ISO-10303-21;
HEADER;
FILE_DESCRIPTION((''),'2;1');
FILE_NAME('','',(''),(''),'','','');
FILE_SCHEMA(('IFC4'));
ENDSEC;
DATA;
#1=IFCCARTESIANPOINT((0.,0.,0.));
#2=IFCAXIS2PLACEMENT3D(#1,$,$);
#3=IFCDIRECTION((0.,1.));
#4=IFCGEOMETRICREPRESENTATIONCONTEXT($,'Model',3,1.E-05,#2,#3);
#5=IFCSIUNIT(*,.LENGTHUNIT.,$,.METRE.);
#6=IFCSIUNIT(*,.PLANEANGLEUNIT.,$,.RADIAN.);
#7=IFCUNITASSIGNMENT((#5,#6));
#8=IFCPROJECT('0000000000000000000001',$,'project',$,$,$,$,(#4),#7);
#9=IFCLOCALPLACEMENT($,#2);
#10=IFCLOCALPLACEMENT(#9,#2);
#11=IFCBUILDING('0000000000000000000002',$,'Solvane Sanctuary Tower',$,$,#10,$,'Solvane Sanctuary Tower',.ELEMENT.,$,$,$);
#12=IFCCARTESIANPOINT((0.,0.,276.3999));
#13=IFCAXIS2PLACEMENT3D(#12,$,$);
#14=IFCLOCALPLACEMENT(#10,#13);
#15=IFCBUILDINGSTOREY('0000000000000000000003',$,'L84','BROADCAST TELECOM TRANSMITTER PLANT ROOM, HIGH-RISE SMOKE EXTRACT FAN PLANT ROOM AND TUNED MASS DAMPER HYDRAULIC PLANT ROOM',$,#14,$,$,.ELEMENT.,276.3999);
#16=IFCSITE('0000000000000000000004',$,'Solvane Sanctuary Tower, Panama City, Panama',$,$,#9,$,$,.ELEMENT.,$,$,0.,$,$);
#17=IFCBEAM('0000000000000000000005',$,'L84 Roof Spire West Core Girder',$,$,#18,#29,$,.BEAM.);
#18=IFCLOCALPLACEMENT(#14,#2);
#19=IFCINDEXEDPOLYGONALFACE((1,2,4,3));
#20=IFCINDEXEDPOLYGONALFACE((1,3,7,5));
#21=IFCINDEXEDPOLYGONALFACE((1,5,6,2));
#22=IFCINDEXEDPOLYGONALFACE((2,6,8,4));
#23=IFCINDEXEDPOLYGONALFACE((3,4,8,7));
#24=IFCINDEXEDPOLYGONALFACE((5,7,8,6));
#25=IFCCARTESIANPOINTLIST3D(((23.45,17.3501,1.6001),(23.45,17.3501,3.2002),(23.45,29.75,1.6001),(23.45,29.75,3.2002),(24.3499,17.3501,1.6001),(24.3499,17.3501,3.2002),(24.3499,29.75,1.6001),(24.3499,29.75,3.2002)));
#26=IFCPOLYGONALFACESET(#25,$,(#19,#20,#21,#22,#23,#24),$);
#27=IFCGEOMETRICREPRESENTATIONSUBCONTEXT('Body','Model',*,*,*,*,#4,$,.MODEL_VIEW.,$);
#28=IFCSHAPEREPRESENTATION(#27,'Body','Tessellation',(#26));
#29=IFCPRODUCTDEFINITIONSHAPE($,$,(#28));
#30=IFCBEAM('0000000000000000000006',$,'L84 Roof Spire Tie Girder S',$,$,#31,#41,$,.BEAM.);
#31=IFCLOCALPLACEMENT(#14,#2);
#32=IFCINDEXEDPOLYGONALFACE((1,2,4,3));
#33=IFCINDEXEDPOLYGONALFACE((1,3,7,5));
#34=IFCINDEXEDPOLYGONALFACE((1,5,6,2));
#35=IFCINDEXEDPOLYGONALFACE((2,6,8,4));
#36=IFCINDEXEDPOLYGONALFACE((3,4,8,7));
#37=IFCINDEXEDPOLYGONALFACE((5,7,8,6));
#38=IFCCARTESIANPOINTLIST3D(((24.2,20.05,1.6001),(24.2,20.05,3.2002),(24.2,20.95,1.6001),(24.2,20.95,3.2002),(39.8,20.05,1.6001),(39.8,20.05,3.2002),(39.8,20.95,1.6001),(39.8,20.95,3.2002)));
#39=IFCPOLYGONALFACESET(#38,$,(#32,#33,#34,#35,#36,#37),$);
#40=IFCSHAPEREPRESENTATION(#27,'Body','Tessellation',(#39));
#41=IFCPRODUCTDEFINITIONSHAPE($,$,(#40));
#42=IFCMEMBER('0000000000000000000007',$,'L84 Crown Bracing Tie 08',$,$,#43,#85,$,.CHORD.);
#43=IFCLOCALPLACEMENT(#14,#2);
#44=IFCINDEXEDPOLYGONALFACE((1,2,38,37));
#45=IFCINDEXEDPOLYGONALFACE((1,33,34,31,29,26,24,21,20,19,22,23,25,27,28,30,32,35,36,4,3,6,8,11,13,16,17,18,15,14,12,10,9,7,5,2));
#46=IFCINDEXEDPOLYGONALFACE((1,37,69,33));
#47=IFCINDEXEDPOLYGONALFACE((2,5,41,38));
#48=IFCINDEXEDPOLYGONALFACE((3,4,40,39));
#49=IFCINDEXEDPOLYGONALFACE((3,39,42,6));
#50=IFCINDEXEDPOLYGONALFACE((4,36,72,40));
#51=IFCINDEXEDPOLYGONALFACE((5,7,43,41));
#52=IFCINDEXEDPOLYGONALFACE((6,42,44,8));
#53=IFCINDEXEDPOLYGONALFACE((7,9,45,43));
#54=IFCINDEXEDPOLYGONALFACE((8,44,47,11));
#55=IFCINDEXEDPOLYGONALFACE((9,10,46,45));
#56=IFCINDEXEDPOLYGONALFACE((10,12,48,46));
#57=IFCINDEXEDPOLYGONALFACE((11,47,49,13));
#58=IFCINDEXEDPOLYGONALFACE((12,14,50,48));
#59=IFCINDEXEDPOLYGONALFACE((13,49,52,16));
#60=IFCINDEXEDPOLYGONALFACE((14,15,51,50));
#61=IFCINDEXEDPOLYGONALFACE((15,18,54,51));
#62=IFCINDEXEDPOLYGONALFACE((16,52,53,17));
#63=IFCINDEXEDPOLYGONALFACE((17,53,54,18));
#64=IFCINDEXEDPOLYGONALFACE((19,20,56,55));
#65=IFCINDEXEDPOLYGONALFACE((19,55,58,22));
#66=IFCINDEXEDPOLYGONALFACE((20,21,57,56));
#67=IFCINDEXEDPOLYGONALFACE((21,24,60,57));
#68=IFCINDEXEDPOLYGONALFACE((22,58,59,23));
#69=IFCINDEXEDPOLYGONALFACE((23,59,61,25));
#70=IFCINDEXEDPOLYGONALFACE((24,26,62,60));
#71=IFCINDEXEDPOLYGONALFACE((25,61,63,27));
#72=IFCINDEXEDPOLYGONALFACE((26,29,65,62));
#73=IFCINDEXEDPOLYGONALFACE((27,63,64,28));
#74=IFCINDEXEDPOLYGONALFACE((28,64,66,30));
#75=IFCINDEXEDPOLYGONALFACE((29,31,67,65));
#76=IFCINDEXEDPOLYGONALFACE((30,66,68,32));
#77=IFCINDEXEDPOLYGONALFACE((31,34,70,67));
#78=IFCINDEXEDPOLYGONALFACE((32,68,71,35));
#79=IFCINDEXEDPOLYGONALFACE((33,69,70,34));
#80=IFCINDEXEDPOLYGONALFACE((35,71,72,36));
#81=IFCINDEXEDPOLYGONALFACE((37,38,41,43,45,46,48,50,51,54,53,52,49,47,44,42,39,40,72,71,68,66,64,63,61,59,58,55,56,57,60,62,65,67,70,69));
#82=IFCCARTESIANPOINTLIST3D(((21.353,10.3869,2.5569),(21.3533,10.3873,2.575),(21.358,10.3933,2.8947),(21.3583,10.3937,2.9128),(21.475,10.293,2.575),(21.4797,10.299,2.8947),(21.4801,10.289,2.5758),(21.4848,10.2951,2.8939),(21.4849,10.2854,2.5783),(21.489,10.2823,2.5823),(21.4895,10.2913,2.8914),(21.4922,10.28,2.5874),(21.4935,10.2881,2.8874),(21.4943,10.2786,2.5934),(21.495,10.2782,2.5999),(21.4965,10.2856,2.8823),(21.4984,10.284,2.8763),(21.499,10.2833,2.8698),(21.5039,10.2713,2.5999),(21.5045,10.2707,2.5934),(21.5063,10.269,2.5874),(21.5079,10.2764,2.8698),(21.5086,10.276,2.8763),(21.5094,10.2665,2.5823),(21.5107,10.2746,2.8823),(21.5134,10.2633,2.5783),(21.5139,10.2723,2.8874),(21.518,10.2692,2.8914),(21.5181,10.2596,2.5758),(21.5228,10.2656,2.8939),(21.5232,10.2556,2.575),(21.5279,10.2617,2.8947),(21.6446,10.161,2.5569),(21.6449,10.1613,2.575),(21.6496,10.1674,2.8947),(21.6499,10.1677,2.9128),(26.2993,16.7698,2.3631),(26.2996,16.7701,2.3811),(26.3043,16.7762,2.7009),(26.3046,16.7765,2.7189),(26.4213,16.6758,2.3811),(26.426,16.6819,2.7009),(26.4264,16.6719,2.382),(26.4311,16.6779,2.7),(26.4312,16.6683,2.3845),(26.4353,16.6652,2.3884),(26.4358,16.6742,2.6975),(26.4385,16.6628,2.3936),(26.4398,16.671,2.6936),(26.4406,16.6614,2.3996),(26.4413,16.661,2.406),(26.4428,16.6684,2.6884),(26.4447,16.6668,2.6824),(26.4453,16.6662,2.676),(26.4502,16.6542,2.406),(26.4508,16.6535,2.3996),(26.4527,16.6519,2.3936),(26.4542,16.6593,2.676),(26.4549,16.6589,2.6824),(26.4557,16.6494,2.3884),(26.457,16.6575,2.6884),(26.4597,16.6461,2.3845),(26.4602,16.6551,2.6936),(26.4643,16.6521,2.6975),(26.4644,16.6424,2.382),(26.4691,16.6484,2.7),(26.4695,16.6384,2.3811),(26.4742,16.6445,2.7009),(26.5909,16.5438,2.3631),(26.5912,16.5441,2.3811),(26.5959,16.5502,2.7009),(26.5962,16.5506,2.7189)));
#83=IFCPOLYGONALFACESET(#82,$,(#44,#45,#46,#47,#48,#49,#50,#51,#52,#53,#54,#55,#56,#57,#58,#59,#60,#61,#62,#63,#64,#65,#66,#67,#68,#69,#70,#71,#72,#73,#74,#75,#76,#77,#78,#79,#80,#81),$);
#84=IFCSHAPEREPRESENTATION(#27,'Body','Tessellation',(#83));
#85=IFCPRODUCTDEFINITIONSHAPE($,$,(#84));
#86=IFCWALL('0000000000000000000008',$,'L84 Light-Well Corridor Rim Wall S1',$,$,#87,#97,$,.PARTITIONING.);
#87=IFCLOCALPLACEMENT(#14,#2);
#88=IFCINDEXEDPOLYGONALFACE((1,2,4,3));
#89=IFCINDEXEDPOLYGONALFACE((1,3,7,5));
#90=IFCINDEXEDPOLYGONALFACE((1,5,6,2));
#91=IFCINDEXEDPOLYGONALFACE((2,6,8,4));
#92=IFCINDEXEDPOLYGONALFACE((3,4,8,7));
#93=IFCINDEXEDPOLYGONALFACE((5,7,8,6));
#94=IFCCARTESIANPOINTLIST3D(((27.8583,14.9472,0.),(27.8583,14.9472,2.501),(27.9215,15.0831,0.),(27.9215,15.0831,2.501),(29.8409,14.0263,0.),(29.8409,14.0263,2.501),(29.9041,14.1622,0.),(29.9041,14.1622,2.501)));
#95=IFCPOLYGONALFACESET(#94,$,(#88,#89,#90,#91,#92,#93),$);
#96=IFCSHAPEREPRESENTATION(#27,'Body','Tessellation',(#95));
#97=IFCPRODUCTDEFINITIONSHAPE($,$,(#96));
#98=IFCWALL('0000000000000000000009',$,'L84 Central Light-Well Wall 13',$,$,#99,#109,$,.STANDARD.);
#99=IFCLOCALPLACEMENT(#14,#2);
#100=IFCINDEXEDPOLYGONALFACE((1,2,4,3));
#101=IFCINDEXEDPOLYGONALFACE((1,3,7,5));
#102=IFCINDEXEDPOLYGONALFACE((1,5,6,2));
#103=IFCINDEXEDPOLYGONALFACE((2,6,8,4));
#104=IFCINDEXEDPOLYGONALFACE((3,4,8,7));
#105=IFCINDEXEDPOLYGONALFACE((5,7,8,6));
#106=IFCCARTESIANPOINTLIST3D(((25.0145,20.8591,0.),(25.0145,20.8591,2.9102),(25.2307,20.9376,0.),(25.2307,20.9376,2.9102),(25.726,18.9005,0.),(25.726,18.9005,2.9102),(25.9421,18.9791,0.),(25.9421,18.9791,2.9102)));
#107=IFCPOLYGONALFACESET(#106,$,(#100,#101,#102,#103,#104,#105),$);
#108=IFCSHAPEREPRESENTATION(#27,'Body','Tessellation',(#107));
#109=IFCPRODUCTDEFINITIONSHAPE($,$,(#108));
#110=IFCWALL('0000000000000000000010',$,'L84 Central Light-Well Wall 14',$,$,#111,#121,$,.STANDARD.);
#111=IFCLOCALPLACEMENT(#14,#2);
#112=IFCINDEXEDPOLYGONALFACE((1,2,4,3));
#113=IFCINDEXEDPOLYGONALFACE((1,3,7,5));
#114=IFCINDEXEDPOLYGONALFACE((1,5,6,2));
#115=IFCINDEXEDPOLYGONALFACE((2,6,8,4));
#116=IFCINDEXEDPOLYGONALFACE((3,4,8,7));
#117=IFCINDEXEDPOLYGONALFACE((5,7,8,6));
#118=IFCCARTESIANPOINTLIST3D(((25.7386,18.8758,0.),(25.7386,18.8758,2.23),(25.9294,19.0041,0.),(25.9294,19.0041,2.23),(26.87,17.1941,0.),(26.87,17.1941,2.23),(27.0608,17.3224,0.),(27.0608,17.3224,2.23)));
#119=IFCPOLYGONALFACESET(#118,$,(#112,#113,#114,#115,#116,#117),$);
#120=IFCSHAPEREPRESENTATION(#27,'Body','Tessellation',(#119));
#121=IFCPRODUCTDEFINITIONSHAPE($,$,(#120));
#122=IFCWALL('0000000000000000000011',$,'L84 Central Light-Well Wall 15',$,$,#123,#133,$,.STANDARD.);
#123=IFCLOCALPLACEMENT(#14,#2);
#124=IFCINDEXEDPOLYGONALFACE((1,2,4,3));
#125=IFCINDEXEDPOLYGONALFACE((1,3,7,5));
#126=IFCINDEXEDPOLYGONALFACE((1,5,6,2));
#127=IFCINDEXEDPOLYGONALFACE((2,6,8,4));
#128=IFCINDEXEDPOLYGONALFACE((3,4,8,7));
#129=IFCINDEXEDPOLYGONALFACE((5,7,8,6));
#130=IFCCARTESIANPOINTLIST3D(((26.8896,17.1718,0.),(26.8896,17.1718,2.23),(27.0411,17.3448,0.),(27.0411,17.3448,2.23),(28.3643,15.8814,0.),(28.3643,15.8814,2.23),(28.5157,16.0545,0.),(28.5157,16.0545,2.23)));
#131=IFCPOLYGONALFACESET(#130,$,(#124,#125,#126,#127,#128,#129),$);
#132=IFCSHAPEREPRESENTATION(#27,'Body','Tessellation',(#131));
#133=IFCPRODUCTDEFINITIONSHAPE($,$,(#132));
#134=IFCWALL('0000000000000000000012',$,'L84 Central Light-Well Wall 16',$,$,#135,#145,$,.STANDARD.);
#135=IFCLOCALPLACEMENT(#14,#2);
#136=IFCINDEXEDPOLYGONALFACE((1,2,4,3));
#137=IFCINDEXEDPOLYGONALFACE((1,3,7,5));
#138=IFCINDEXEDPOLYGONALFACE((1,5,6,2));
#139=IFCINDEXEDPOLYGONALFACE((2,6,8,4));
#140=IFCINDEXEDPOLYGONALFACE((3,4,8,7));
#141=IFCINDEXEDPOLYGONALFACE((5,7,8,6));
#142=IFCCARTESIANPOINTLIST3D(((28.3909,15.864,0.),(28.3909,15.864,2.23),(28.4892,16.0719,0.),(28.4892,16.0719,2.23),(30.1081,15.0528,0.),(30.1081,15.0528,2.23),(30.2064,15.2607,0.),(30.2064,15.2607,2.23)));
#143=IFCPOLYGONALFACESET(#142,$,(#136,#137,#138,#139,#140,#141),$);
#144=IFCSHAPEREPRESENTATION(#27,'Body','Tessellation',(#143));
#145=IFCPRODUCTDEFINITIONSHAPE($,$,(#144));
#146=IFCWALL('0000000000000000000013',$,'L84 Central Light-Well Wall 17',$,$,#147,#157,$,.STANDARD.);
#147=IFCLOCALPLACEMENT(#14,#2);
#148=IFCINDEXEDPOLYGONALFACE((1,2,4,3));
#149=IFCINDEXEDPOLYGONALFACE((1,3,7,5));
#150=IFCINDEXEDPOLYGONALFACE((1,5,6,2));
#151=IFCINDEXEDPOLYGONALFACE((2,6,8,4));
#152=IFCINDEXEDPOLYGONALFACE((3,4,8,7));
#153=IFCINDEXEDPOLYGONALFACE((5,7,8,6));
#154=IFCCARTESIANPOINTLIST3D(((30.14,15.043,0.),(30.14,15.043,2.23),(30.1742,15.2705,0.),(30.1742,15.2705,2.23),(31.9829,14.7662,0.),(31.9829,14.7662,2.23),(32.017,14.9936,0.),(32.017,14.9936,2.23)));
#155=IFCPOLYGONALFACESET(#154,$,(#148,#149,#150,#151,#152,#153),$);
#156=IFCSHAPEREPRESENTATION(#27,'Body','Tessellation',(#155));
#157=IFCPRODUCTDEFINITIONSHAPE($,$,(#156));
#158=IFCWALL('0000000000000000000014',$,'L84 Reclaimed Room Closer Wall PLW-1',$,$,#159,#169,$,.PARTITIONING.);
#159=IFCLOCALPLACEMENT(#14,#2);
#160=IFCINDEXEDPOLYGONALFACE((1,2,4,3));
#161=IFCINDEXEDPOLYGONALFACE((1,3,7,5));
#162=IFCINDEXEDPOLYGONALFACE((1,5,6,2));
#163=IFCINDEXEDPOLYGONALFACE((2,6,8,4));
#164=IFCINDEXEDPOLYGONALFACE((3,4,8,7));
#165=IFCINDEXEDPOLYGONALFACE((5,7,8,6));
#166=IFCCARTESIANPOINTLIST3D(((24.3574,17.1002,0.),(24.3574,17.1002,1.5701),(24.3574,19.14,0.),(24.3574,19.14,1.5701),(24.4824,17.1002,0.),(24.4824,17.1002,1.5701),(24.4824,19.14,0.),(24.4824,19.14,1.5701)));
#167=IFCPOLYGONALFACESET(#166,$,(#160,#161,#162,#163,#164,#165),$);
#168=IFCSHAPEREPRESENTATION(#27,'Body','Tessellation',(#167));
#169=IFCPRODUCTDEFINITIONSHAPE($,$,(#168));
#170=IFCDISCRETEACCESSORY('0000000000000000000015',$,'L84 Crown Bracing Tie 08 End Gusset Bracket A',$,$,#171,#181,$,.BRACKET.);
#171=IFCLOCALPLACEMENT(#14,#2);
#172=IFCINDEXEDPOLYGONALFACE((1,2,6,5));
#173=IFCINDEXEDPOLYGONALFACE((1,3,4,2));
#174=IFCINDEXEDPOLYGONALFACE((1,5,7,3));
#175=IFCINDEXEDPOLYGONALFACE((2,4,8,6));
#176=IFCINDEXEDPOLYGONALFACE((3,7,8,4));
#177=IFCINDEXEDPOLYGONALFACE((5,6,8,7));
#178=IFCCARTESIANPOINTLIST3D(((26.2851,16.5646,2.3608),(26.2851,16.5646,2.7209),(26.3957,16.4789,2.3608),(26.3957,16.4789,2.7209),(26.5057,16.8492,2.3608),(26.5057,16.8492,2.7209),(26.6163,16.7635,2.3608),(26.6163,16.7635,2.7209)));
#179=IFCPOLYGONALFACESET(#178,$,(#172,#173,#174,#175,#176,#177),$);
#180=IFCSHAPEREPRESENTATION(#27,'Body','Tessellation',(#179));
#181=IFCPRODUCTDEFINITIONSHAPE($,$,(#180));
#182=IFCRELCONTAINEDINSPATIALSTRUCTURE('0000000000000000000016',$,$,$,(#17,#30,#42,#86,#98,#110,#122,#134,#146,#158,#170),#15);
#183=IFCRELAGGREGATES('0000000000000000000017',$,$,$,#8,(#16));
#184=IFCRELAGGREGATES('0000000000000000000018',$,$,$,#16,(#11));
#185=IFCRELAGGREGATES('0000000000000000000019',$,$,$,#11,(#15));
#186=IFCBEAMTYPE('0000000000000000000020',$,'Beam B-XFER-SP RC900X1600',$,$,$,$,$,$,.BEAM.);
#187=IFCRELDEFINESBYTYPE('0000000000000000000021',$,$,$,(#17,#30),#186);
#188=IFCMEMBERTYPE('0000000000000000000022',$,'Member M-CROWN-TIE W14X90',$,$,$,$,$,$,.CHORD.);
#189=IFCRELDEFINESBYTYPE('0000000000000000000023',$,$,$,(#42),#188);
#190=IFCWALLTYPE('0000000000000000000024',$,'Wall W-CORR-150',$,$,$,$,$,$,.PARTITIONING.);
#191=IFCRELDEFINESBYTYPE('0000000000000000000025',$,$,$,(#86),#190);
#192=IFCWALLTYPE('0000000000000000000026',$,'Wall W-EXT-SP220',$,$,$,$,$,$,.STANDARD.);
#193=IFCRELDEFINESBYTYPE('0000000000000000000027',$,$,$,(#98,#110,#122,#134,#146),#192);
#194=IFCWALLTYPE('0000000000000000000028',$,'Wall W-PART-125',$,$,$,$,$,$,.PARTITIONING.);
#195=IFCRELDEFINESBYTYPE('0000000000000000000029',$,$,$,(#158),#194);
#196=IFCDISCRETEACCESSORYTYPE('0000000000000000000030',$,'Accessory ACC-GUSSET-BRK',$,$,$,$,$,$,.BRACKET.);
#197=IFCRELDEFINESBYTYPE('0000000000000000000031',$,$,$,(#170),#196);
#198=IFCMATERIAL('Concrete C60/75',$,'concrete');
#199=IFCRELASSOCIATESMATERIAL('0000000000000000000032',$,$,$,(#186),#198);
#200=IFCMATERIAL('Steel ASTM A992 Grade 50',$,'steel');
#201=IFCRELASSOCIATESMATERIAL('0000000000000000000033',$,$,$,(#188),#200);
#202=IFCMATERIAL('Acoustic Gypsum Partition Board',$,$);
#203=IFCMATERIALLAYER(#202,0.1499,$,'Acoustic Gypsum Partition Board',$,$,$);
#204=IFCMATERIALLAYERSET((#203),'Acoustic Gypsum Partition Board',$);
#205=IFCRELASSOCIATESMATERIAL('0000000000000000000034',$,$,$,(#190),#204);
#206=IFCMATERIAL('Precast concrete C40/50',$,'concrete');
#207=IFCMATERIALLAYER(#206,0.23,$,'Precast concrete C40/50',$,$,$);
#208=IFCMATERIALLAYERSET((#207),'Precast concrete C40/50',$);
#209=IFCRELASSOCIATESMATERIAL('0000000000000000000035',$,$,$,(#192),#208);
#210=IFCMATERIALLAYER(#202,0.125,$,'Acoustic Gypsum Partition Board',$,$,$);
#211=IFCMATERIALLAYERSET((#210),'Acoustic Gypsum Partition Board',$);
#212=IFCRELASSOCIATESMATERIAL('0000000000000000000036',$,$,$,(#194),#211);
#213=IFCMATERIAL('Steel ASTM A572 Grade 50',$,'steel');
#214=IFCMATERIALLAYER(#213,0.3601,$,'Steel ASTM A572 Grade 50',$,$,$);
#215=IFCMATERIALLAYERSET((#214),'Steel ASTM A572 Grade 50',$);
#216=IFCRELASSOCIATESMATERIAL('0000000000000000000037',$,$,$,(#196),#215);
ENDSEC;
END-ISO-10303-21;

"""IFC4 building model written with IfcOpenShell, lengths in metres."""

from ifc_helpers import new_model, si_unit, direction, frame, frame_2d, origin, origin_2d, place, context, subcontext, project, spatial, rectangle, i_section, extrude, material, layer, layer_set, material_profile, profile_set, type_object, element, save


model = new_model("IFC4")

# Units and contexts
model_context = context("Model", 3, precision=1e-05, world=origin(), true_north=direction((0.0, 1.0)))
body_context = subcontext(model_context, "Body", "Model", "MODEL_VIEW")
ifc_project = project(units=[si_unit("LENGTHUNIT", "METRE"), si_unit("PLANEANGLEUNIT", "RADIAN")], contexts=[model_context])

# Site, building, storey
site_placement = place(None, origin())
site = spatial("IfcSite", under=ifc_project, at=site_placement, Name="Solvane Sanctuary Tower, Panama City, Panama", CompositionType="ELEMENT", RefElevation=0.0)
building_placement = place(site_placement, origin())
building = spatial("IfcBuilding", under=site, at=building_placement, Name="Solvane Sanctuary Tower", LongName="Solvane Sanctuary Tower", CompositionType="ELEMENT")
storey_placement = place(building_placement, frame((0.0, 0.0, 276.3999)))
storey = spatial("IfcBuildingStorey", under=building, at=storey_placement, Name="L84", Description="BROADCAST TELECOM TRANSMITTER PLANT ROOM, HIGH-RISE SMOKE EXTRACT FAN PLANT ROOM AND TUNED MASS DAMPER HYDRAULIC PLANT ROOM", CompositionType="ELEMENT", Elevation=276.3999)

# Beams
ifc_material_1 = material(Name="Steel ASTM A992 Grade 50", Category="steel")
ifc_material_2 = material(Name="Concrete C60/75", Category="concrete")
ifc_material_profile_1 = material_profile(ifc_material_2, rectangle(XDim=0.8999, YDim=1.6001, at=origin_2d()), Name="RC900X1600")
ifc_profile_set_1 = profile_set([ifc_material_profile_1], Name="Concrete C60/75")
beam_type_1 = type_object("IfcBeamType", Name="Beam B-XFER-SP RC900X1600", PredefinedType="BEAM", material=ifc_profile_set_1)
beam_1_placement = place(storey_placement, frame((23.8999, 17.3501, 2.4001), z_axis=(0.0, 1.0, 0.0), x_axis=(-1.0, 0.0, 0.0)))
element("IfcBeam", 1, at=beam_1_placement, inside=storey, type_object=beam_type_1, Name="L84 Roof Spire West Core Girder", PredefinedType="BEAM", context=body_context, shape_type="SweptSolid", body=[
    extrude(rectangle(XDim=0.8999, YDim=1.6001, at=origin_2d()), origin(), (0.0, 0.0, 1.0), 12.3999),
])
beam_2_placement = place(storey_placement, frame((24.2, 20.5, 2.4001), z_axis=(1.0, 0.0, 0.0), x_axis=(0.0, 1.0, 0.0)))
element("IfcBeam", 2, at=beam_2_placement, inside=storey, type_object=beam_type_1, Name="L84 Roof Spire Tie Girder S", PredefinedType="BEAM", context=body_context, shape_type="SweptSolid", body=[
    extrude(rectangle(XDim=0.8999, YDim=1.6001, at=origin_2d()), origin(), (0.0, 0.0, 1.0), 15.6001),
])

# Member
ifc_material_profile_2 = material_profile(ifc_material_1, i_section(OverallWidth=0.3689, OverallDepth=0.356, WebThickness=0.0112, FlangeThickness=0.0181, FilletRadius=0.0249, at=origin_2d()), Name="W14X90")
ifc_profile_set_2 = profile_set([ifc_material_profile_2], Name="Steel ASTM A992 Grade 50")
member_type = type_object("IfcMemberType", Name="Member M-CROWN-TIE W14X90", PredefinedType="CHORD", material=ifc_profile_set_2)
member_placement = place(storey_placement, frame((26.4478, 16.6602, 2.541), z_axis=(-0.612365, -0.790211, 0.023999), x_axis=(0.790438, -0.612541, 0.0)))
element("IfcMember", 3, at=member_placement, inside=storey, type_object=member_type, Name="L84 Crown Bracing Tie 08", PredefinedType="CHORD", context=body_context, shape_type="SweptSolid", body=[
    extrude(i_section(OverallWidth=0.3689, OverallDepth=0.356, WebThickness=0.0112, FlangeThickness=0.0181, FilletRadius=0.0249, at=origin_2d()), origin(), (0.0, 0.0, 1.0), 8.0774),
])

# Walls
ifc_material_3 = material(Name="Acoustic Gypsum Partition Board")
ifc_layer_1 = layer(ifc_material_3, 0.1499, Name="Acoustic Gypsum Partition Board")
ifc_layer_set_1 = layer_set([ifc_layer_1], Name="Acoustic Gypsum Partition Board")
wall_type_1 = type_object("IfcWallType", Name="Wall W-CORR-150", PredefinedType="PARTITIONING", material=ifc_layer_set_1)
wall_1_placement = place(storey_placement, frame((27.8899, 15.0151, 0.0), z_axis=(0.0, 0.0, 1.0), x_axis=(0.906943, -0.421252, 0.0)))
element("IfcWall", 4, at=wall_1_placement, inside=storey, type_object=wall_type_1, Name="L84 Light-Well Corridor Rim Wall S1", PredefinedType="PARTITIONING", context=body_context, shape_type="SweptSolid", body=[
    extrude(rectangle(XDim=2.186, YDim=0.1499, at=frame_2d((1.093, 0.0))), origin(), (0.0, 0.0, 1.0), 2.501),
])
ifc_material_4 = material(Name="Precast concrete C40/50", Category="concrete")
ifc_layer_2 = layer(ifc_material_4, 0.23, Name="Precast concrete C40/50")
ifc_layer_set_2 = layer_set([ifc_layer_2], Name="Precast concrete C40/50")
wall_type_2 = type_object("IfcWallType", Name="Wall W-EXT-SP220", PredefinedType="STANDARD", material=ifc_layer_set_2)
wall_2_placement = place(storey_placement, frame((25.1226, 20.8984, 0.0), z_axis=(0.0, 0.0, 1.0), x_axis=(0.341423, -0.93991, 0.0)))
element("IfcWall", 5, at=wall_2_placement, inside=storey, type_object=wall_type_2, Name="L84 Central Light-Well Wall 13", PredefinedType="STANDARD", context=body_context, shape_type="SweptSolid", body=[
    extrude(rectangle(XDim=2.0837, YDim=0.23, at=frame_2d((1.042, 0.0))), origin(), (0.0, 0.0, 1.0), 2.9102),
])
wall_3_placement = place(storey_placement, frame((25.834, 18.9399, 0.0), z_axis=(0.0, 0.0, 1.0), x_axis=(0.558198, -0.829708, 0.0)))
element("IfcWall", 6, at=wall_3_placement, inside=storey, type_object=wall_type_2, Name="L84 Central Light-Well Wall 14", PredefinedType="STANDARD", context=body_context, shape_type="SweptSolid", body=[
    extrude(rectangle(XDim=2.0269, YDim=0.23, at=frame_2d((1.0134, 0.0))), origin(), (0.0, 0.0, 1.0), 2.23),
])
wall_4_placement = place(storey_placement, frame((26.9653, 17.2583, 0.0), z_axis=(0.0, 0.0, 1.0), x_axis=(0.752577, -0.658505, 0.0)))
element("IfcWall", 7, at=wall_4_placement, inside=storey, type_object=wall_type_2, Name="L84 Central Light-Well Wall 15", PredefinedType="STANDARD", context=body_context, shape_type="SweptSolid", body=[
    extrude(rectangle(XDim=1.9595, YDim=0.23, at=frame_2d((0.9797, 0.0))), origin(), (0.0, 0.0, 1.0), 2.23),
])
wall_5_placement = place(storey_placement, frame((28.4399, 15.968, 0.0), z_axis=(0.0, 0.0, 1.0), x_axis=(0.90418, -0.427152, 0.0)))
element("IfcWall", 8, at=wall_5_placement, inside=storey, type_object=wall_type_2, Name="L84 Central Light-Well Wall 16", PredefinedType="STANDARD", context=body_context, shape_type="SweptSolid", body=[
    extrude(rectangle(XDim=1.8992, YDim=0.23, at=frame_2d((0.9497, 0.0))), origin(), (0.0, 0.0, 1.0), 2.23),
])
wall_6_placement = place(storey_placement, frame((30.1572, 15.1567, 0.0), z_axis=(0.0, 0.0, 1.0), x_axis=(0.988902, -0.148571, 0.0)))
element("IfcWall", 9, at=wall_6_placement, inside=storey, type_object=wall_type_2, Name="L84 Central Light-Well Wall 17", PredefinedType="STANDARD", context=body_context, shape_type="SweptSolid", body=[
    extrude(rectangle(XDim=1.8635, YDim=0.23, at=frame_2d((0.9316, 0.0))), origin(), (0.0, 0.0, 1.0), 2.23),
])
ifc_layer_3 = layer(ifc_material_3, 0.125, Name="Acoustic Gypsum Partition Board")
ifc_layer_set_3 = layer_set([ifc_layer_3], Name="Acoustic Gypsum Partition Board")
wall_type_3 = type_object("IfcWallType", Name="Wall W-PART-125", PredefinedType="PARTITIONING", material=ifc_layer_set_3)
wall_7_placement = place(storey_placement, frame((24.4199, 17.1001, 0.0), z_axis=(0.0, 0.0, 1.0), x_axis=(0.0, 1.0, 0.0)))
element("IfcWall", 10, at=wall_7_placement, inside=storey, type_object=wall_type_3, Name="L84 Reclaimed Room Closer Wall PLW-1", PredefinedType="PARTITIONING", context=body_context, shape_type="SweptSolid", body=[
    extrude(rectangle(XDim=2.0398, YDim=0.125, at=frame_2d((1.02, 0.0))), origin(), (0.0, 0.0, 1.0), 1.5701),
])

# Discrete accessory
ifc_material_5 = material(Name="Steel ASTM A572 Grade 50", Category="steel")
ifc_layer_4 = layer(ifc_material_5, 0.3601, Name="Steel ASTM A572 Grade 50")
ifc_layer_set_4 = layer_set([ifc_layer_4], Name="Steel ASTM A572 Grade 50")
discrete_accessory_type = type_object("IfcDiscreteAccessoryType", Name="Accessory ACC-GUSSET-BRK", PredefinedType="BRACKET", material=ifc_layer_set_4)
discrete_accessory_placement = place(storey_placement, frame((26.4507, 16.6641, 2.3608), z_axis=(0.0, 0.0, 1.0), x_axis=(-0.612493, -0.790476, 0.0)))
element("IfcDiscreteAccessory", 11, at=discrete_accessory_placement, inside=storey, type_object=discrete_accessory_type, Name="L84 Crown Bracing Tie 08 End Gusset Bracket A", PredefinedType="BRACKET", context=body_context, shape_type="SweptSolid", body=[
    extrude(rectangle(XDim=0.3601, YDim=0.1399, at=origin_2d()), origin(), (0.0, 0.0, 1.0), 0.3601),
])

save(model, "model.ifc")
